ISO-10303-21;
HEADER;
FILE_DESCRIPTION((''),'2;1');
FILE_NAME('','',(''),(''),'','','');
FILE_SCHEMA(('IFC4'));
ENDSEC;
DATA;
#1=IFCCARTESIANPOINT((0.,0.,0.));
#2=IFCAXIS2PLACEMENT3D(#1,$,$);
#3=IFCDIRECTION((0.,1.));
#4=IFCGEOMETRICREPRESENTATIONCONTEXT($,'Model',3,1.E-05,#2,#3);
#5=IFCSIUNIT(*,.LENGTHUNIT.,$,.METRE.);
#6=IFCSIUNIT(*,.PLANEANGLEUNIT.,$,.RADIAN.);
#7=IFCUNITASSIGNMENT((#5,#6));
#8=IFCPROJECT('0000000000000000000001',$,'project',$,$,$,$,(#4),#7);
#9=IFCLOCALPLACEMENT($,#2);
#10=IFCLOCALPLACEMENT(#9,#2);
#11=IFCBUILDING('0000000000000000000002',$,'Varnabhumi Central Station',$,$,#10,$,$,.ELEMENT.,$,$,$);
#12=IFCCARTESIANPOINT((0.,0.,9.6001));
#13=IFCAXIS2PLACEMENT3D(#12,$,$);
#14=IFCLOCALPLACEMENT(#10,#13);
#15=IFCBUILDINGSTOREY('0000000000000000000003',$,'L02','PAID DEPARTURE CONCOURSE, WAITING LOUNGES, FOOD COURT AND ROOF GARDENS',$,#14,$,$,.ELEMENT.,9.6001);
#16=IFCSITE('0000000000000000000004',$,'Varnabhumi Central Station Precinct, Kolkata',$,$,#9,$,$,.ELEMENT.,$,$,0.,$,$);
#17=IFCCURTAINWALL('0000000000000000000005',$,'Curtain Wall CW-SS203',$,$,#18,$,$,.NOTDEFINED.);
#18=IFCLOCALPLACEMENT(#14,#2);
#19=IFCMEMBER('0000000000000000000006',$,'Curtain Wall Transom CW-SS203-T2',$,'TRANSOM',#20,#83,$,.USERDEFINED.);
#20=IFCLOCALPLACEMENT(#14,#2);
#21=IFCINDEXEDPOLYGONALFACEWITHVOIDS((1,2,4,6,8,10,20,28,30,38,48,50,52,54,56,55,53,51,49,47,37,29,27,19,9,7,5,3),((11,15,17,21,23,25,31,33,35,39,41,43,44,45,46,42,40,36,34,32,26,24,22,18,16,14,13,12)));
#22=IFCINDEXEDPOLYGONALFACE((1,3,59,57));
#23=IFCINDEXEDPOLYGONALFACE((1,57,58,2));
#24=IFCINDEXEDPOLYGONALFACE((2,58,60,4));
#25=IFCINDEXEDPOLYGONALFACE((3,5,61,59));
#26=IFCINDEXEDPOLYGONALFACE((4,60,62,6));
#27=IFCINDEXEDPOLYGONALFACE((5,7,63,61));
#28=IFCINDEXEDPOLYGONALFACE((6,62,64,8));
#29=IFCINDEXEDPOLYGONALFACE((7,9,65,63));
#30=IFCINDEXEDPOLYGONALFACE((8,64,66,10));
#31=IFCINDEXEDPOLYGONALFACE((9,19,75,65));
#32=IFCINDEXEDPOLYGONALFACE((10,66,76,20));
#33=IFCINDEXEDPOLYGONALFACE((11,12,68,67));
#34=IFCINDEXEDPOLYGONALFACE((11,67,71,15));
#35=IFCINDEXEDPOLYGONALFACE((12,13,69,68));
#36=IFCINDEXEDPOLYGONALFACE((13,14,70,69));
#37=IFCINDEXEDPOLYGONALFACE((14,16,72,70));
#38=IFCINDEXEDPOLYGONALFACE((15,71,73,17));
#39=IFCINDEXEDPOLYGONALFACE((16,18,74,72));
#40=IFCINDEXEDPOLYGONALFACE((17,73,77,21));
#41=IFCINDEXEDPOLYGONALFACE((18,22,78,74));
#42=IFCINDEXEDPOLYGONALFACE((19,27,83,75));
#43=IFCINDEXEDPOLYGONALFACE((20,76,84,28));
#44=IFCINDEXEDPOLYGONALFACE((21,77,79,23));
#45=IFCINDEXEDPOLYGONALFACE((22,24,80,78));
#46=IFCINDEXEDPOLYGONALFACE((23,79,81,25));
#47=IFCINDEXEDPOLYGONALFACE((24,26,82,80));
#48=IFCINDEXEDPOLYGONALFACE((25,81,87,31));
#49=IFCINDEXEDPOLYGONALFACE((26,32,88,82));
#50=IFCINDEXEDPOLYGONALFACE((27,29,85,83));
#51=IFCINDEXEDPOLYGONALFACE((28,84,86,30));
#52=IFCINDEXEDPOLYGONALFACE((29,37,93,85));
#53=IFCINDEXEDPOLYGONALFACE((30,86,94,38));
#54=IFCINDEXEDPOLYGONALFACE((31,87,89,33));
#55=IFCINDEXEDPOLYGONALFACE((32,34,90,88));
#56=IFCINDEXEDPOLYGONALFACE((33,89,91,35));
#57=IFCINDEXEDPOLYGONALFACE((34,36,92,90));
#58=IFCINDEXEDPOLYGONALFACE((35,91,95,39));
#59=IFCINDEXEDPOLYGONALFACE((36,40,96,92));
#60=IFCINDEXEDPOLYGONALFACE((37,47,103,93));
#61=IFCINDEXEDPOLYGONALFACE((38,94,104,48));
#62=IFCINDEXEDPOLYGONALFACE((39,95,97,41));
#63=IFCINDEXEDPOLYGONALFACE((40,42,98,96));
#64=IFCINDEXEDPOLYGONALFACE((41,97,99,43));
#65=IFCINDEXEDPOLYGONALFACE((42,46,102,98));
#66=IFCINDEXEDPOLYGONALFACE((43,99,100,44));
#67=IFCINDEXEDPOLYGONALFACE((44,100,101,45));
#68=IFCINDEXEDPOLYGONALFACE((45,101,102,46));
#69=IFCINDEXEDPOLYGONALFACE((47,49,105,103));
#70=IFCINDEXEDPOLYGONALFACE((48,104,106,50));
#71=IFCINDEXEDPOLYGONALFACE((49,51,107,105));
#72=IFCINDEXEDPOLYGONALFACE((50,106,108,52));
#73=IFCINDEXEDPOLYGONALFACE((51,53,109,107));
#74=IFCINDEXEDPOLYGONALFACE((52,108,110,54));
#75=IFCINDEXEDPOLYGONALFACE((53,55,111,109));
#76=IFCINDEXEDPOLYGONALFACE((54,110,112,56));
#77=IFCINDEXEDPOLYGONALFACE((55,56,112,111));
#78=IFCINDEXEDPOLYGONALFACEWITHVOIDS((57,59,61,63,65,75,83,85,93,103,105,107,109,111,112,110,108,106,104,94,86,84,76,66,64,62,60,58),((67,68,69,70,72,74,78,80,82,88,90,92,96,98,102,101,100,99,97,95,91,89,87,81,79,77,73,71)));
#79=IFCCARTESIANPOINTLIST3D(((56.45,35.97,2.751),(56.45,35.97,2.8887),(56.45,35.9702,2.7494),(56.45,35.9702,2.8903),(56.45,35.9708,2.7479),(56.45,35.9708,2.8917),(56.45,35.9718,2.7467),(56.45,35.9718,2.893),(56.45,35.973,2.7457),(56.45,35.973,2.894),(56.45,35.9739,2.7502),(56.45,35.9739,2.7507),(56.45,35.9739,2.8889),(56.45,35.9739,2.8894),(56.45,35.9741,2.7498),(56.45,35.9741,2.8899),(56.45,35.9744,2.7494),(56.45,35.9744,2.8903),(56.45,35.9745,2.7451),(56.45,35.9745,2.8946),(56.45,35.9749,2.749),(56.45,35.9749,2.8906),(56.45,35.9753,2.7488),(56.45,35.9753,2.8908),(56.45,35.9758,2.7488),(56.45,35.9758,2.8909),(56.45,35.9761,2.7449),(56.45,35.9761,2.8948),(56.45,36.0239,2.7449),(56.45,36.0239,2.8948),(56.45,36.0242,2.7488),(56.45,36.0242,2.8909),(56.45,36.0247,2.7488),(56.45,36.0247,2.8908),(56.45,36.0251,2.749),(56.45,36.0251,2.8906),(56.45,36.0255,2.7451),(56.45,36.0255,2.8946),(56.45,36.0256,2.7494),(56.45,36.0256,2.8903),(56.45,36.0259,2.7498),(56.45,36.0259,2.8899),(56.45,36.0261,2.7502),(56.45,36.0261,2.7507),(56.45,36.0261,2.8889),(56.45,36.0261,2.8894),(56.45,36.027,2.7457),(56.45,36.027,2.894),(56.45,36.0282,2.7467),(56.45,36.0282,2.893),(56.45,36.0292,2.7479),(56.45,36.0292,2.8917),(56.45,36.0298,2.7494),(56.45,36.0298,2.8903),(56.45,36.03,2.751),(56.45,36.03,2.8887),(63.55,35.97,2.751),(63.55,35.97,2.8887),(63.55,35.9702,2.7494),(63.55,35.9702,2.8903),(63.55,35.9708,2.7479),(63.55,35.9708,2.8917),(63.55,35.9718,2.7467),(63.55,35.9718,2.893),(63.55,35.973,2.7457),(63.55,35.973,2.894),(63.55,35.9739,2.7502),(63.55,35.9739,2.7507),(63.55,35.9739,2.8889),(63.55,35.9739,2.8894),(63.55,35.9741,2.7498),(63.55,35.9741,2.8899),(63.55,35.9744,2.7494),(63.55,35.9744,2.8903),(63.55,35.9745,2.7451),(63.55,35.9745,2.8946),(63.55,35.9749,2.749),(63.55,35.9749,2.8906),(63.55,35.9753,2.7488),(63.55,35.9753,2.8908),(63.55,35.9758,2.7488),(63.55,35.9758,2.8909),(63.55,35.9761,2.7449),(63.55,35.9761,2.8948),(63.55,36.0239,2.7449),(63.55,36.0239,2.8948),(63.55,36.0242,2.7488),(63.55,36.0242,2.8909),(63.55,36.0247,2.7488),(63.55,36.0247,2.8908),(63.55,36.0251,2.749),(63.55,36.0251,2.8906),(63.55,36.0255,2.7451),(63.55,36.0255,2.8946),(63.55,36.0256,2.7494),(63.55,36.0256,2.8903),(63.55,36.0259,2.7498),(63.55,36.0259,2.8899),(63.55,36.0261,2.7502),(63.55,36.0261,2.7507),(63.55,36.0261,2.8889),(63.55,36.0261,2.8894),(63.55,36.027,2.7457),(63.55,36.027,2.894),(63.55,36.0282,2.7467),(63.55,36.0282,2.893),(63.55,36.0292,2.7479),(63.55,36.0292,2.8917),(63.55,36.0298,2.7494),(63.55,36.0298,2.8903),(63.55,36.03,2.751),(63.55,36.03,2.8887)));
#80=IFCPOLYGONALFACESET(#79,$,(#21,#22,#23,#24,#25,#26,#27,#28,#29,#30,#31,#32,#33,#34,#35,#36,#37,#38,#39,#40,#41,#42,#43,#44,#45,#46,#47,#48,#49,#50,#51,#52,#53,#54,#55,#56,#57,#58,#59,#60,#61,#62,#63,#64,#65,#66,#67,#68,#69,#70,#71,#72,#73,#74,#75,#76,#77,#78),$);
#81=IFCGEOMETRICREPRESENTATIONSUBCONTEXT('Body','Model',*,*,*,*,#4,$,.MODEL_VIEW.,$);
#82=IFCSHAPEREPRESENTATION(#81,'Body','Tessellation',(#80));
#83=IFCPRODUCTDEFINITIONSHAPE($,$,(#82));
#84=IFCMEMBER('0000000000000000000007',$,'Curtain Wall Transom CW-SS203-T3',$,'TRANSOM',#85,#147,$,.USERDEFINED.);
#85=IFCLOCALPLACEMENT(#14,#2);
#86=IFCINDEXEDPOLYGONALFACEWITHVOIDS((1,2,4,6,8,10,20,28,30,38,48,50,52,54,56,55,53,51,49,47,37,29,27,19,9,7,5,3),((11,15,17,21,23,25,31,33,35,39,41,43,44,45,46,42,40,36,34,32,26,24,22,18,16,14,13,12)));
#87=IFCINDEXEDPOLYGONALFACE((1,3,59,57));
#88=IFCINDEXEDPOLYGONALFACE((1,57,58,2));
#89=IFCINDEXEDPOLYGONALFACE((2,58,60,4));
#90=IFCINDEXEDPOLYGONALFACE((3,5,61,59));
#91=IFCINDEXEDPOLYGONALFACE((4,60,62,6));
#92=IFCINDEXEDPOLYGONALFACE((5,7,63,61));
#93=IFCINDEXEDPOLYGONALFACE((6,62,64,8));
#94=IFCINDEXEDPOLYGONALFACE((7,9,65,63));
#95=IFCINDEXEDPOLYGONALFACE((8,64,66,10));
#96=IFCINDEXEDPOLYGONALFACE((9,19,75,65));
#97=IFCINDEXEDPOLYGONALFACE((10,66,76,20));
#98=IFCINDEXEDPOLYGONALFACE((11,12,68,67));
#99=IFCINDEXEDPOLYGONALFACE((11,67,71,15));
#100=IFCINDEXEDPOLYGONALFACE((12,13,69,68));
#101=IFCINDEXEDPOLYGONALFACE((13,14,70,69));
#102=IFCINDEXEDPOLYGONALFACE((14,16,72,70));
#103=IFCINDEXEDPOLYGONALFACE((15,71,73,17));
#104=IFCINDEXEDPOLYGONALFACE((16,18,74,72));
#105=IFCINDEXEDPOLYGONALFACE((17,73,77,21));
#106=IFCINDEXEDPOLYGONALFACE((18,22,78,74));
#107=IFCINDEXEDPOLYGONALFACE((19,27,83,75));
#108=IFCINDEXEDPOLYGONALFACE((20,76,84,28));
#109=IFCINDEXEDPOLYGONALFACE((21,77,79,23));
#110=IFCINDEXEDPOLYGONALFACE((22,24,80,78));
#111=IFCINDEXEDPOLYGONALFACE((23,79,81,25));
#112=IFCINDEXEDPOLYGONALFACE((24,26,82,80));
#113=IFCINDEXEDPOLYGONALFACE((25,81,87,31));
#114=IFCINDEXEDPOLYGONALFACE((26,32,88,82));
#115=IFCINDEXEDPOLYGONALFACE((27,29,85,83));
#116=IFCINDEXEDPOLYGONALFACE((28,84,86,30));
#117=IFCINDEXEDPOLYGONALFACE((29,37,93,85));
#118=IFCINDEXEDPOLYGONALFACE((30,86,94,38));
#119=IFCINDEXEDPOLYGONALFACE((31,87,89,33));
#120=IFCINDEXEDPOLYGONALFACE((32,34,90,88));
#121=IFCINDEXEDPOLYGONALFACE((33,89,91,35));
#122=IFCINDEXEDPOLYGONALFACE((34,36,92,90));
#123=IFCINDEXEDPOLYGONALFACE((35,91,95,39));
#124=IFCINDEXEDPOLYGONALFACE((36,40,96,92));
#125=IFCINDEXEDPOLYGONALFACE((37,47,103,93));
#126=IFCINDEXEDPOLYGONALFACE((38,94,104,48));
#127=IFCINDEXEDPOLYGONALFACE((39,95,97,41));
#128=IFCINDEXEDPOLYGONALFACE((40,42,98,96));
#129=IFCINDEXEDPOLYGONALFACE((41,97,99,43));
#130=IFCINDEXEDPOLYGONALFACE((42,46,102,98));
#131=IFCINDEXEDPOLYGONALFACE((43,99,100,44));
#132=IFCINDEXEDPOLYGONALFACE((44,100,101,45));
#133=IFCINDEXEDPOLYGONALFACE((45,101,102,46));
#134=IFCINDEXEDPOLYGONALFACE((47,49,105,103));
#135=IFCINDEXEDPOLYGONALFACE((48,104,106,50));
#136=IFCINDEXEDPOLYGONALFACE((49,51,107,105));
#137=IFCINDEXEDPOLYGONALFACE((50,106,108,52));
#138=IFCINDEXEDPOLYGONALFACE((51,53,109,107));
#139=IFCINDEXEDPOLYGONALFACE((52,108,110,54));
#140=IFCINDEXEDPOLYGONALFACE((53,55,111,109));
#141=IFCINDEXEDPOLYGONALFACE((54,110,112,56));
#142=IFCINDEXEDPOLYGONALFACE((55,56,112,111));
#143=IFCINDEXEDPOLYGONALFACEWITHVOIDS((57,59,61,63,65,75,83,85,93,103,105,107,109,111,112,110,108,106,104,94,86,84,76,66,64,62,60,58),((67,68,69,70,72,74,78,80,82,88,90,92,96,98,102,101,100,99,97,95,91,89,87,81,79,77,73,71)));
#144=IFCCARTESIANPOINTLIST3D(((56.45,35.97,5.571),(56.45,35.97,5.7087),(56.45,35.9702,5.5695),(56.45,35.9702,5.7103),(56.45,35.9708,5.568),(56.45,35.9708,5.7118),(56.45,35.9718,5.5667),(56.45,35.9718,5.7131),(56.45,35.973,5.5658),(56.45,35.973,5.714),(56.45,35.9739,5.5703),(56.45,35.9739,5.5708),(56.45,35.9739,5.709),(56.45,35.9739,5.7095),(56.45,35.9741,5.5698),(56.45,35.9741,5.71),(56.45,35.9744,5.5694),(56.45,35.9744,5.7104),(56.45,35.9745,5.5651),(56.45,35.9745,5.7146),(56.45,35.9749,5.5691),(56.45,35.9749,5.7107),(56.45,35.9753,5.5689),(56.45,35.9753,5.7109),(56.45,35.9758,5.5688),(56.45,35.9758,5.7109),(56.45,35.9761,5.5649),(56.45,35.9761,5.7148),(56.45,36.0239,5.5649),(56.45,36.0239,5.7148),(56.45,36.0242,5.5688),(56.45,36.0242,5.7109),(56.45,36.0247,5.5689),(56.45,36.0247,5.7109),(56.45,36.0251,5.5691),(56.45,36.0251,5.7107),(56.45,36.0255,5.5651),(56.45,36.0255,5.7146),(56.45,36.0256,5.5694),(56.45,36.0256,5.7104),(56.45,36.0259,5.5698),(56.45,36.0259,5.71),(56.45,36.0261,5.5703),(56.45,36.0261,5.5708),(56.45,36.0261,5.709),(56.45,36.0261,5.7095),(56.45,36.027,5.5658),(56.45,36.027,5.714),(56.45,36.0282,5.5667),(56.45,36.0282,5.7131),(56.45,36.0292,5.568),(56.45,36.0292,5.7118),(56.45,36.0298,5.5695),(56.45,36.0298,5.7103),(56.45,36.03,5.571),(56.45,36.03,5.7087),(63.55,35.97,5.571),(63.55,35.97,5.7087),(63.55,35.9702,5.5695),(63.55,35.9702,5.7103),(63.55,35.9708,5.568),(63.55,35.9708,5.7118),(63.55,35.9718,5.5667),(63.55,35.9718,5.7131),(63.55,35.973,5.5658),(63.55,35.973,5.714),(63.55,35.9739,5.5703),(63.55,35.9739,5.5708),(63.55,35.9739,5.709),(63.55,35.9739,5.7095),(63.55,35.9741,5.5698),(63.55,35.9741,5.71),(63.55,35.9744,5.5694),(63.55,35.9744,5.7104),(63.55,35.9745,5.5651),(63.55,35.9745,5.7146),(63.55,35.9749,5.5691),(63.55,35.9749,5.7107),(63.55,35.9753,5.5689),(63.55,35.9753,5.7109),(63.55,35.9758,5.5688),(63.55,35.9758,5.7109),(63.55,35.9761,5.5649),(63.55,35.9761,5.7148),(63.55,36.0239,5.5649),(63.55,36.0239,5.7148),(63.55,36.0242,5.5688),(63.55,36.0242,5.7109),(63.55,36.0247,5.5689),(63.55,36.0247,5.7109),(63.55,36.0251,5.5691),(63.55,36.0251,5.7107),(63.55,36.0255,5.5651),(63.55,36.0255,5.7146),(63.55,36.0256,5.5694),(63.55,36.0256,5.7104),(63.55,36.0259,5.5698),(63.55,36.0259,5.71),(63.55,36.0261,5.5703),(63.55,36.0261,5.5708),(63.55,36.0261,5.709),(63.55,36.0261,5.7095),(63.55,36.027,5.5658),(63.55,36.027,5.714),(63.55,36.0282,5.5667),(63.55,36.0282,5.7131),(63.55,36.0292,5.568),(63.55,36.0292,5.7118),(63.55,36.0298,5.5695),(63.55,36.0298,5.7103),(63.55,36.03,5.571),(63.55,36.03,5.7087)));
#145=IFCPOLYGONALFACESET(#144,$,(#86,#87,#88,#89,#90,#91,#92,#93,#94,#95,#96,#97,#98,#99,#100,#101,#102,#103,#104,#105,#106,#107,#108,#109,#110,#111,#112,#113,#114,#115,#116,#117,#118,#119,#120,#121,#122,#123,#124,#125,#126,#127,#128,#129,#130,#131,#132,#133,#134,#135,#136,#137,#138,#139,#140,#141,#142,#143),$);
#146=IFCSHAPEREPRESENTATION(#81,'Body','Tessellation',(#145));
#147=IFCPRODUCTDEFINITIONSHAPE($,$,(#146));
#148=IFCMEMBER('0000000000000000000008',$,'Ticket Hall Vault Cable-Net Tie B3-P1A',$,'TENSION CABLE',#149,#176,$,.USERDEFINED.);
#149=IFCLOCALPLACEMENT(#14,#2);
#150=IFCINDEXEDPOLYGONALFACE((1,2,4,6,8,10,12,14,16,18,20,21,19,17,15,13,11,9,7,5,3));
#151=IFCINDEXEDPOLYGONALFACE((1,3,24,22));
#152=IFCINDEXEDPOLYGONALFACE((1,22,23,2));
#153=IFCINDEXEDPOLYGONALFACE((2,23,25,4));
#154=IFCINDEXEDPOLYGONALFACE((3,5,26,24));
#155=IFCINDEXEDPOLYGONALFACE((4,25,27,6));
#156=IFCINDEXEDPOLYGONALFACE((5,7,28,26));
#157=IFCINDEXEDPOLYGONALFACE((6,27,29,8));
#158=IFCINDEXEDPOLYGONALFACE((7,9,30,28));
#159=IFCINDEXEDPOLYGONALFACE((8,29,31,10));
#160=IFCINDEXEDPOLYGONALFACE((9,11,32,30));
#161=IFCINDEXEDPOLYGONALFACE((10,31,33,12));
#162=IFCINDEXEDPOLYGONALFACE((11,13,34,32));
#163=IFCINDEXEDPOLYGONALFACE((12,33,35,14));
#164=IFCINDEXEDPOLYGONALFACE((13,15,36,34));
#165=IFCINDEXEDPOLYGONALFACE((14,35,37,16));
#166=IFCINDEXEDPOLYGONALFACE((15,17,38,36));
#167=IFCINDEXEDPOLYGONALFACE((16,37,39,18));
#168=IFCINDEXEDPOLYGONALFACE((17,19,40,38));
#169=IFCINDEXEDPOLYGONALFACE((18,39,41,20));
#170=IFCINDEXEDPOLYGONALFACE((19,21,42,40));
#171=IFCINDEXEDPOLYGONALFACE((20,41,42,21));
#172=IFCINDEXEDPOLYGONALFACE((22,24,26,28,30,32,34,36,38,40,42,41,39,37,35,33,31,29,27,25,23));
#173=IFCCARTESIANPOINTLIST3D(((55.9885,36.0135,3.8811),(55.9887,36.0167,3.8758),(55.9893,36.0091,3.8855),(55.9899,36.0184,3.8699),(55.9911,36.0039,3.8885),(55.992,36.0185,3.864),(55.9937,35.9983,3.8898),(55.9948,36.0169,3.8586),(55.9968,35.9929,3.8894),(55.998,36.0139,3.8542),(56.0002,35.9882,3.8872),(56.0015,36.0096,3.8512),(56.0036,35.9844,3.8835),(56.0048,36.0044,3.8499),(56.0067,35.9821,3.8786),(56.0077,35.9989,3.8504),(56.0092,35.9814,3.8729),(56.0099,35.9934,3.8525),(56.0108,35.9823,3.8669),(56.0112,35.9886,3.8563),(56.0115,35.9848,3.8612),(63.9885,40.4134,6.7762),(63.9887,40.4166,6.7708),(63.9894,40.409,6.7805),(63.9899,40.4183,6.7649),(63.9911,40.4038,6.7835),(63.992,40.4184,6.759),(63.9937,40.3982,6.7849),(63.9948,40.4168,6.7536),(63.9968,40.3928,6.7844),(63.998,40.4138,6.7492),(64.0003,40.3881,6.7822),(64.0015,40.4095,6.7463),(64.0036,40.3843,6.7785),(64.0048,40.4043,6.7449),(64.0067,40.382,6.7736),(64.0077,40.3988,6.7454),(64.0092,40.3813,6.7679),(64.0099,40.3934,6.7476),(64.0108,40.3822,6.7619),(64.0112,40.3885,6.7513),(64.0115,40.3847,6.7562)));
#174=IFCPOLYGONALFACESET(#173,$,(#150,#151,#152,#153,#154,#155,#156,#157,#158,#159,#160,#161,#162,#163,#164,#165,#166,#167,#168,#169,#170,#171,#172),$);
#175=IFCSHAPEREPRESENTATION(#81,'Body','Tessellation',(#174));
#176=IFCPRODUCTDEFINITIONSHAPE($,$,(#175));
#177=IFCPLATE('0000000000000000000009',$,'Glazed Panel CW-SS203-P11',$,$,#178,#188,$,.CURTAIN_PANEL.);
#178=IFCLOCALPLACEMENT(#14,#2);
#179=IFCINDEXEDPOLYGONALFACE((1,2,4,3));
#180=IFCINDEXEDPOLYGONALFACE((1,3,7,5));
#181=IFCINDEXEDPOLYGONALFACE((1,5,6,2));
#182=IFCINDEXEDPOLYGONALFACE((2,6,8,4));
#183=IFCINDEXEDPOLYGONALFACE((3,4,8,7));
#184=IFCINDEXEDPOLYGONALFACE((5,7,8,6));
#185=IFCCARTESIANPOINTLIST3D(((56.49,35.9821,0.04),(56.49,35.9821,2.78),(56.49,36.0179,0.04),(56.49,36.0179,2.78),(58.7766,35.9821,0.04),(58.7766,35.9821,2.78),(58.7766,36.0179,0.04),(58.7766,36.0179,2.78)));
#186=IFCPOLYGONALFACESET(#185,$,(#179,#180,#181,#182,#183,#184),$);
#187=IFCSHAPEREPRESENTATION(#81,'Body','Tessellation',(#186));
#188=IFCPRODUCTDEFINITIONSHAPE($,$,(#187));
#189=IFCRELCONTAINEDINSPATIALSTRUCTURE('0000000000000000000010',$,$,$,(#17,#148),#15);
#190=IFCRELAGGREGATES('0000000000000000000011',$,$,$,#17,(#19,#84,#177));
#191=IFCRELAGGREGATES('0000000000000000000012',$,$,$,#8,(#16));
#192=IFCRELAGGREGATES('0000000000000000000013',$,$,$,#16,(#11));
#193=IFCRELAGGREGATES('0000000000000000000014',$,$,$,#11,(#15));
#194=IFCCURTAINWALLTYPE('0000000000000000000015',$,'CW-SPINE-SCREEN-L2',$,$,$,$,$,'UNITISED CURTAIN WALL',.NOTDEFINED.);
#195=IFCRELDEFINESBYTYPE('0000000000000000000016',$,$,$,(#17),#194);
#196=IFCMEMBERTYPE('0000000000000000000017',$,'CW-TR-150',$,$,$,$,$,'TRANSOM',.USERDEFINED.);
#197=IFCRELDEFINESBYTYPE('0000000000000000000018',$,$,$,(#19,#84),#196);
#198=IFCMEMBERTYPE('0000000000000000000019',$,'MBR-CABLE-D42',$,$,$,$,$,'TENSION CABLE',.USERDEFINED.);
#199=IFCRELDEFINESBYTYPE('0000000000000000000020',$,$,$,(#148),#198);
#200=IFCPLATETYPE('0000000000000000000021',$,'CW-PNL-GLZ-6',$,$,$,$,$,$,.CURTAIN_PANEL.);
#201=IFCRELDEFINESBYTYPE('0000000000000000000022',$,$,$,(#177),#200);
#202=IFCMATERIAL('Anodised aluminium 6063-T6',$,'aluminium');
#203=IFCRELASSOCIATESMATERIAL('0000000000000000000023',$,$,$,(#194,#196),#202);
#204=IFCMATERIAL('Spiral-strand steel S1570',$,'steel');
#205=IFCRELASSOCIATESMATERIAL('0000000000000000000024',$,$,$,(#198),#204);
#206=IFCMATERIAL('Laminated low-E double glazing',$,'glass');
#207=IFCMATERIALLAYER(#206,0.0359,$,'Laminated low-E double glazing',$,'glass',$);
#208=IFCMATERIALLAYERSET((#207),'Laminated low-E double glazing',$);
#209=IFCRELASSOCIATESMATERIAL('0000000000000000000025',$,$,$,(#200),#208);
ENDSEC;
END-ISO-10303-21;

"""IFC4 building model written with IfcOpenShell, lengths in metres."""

from ifc_helpers import new_model, si_unit, direction, frame, origin, origin_2d, place, context, subcontext, project, spatial, rectangle, hollow_rectangle, circle, extrude, material, layer, layer_set, material_profile, profile_set, type_object, element, aggregate, save


model = new_model("IFC4")

# Units and contexts
model_context = context("Model", 3, precision=1e-05, world=origin(), true_north=direction((0.0, 1.0)))
body_context = subcontext(model_context, "Body", "Model", "MODEL_VIEW")
ifc_project = project(units=[si_unit("LENGTHUNIT", "METRE"), si_unit("PLANEANGLEUNIT", "RADIAN")], contexts=[model_context])

# Site, building, storey
site_placement = place(None, origin())
site = spatial("IfcSite", under=ifc_project, at=site_placement, Name="Varnabhumi Central Station Precinct, Kolkata", CompositionType="ELEMENT", RefElevation=0.0)
building_placement = place(site_placement, origin())
building = spatial("IfcBuilding", under=site, at=building_placement, Name="Varnabhumi Central Station", CompositionType="ELEMENT")
storey_placement = place(building_placement, frame((0.0, 0.0, 9.6001)))
storey = spatial("IfcBuildingStorey", under=building, at=storey_placement, Name="L02", Description="PAID DEPARTURE CONCOURSE, WAITING LOUNGES, FOOD COURT AND ROOF GARDENS", CompositionType="ELEMENT", Elevation=9.6001)

# Curtain wall, members
ifc_material_1 = material(Name="Anodised aluminium 6063-T6", Category="aluminium")
curtain_wall_type = type_object("IfcCurtainWallType", Name="CW-SPINE-SCREEN-L2", ElementType="UNITISED CURTAIN WALL", PredefinedType="NOTDEFINED", material=ifc_material_1)
curtain_wall_placement = place(storey_placement, origin())
curtain_wall = element("IfcCurtainWall", 1, at=curtain_wall_placement, inside=storey, type_object=curtain_wall_type, Name="Curtain Wall CW-SS203", PredefinedType="NOTDEFINED")
ifc_material_profile_1 = material_profile(ifc_material_1, hollow_rectangle(XDim=0.0601, YDim=0.1499, WallThickness=0.0039, InnerFilletRadius=0.002, OuterFilletRadius=0.0061, at=origin_2d()), Name="Anodised aluminium 6063-T6", Category="aluminium")
ifc_profile_set_1 = profile_set([ifc_material_profile_1], Name="Anodised aluminium 6063-T6")
member_type_1 = type_object("IfcMemberType", Name="CW-TR-150", ElementType="TRANSOM", PredefinedType="USERDEFINED", material=ifc_profile_set_1)
member_1_placement = place(storey_placement, frame((56.45, 36.0, 2.8198), z_axis=(1.0, 0.0, 0.0), x_axis=(0.0, 1.0, 0.0)))
member_1 = element("IfcMember", 2, at=member_1_placement, type_object=member_type_1, Name="Curtain Wall Transom CW-SS203-T2", ObjectType="TRANSOM", PredefinedType="USERDEFINED", context=body_context, shape_type="SweptSolid", body=[
    extrude(hollow_rectangle(XDim=0.0601, YDim=0.1499, WallThickness=0.0039, InnerFilletRadius=0.002, OuterFilletRadius=0.0061, at=origin_2d()), origin(), (0.0, 0.0, 1.0), 7.1001),
])
member_2_placement = place(storey_placement, frame((56.45, 36.0, 5.6399), z_axis=(1.0, 0.0, 0.0), x_axis=(0.0, 1.0, 0.0)))
member_2 = element("IfcMember", 3, at=member_2_placement, type_object=member_type_1, Name="Curtain Wall Transom CW-SS203-T3", ObjectType="TRANSOM", PredefinedType="USERDEFINED", context=body_context, shape_type="SweptSolid", body=[
    extrude(hollow_rectangle(XDim=0.0601, YDim=0.1499, WallThickness=0.0039, InnerFilletRadius=0.002, OuterFilletRadius=0.0061, at=origin_2d()), origin(), (0.0, 0.0, 1.0), 7.1001),
])

# Member
ifc_material_2 = material(Name="Spiral-strand steel S1570", Category="steel")
ifc_material_profile_2 = material_profile(ifc_material_2, circle(Radius=0.021, at=origin_2d()), Name="Spiral-strand steel S1570", Category="steel")
ifc_profile_set_2 = profile_set([ifc_material_profile_2], Name="Spiral-strand steel S1570")
member_type_2 = type_object("IfcMemberType", Name="MBR-CABLE-D42", ElementType="TENSION CABLE", PredefinedType="USERDEFINED", material=ifc_profile_set_2)
member_3_placement = place(storey_placement, frame((56.0, 36.0, 3.8699), z_axis=(0.835237, 0.45937, 0.302254), x_axis=(-0.481911, 0.87622, 0.0)))
element("IfcMember", 4, at=member_3_placement, inside=storey, type_object=member_type_2, Name="Ticket Hall Vault Cable-Net Tie B3-P1A", ObjectType="TENSION CABLE", PredefinedType="USERDEFINED", context=body_context, shape_type="SweptSolid", body=[
    extrude(circle(Radius=0.021, at=origin_2d()), origin(), (0.0, 0.0, 1.0), 9.5781),
])

# Plate
ifc_material_3 = material(Name="Laminated low-E double glazing", Category="glass")
ifc_layer_1 = layer(ifc_material_3, 0.0359, Name="Laminated low-E double glazing", Category="glass")
ifc_layer_set_1 = layer_set([ifc_layer_1], Name="Laminated low-E double glazing")
plate_type_1 = type_object("IfcPlateType", Name="CW-PNL-GLZ-6", PredefinedType="CURTAIN_PANEL", material=ifc_layer_set_1)
plate_1_placement = place(storey_placement, frame((57.6333, 36.0, 0.04), z_axis=(0.0, 0.0, 1.0), x_axis=(1.0, 0.0, 0.0)))
plate_1 = element("IfcPlate", 5, at=plate_1_placement, type_object=plate_type_1, Name="Glazed Panel CW-SS203-P11", PredefinedType="CURTAIN_PANEL", context=body_context, shape_type="SweptSolid", body=[
    extrude(rectangle(XDim=2.2866, YDim=0.0359, at=origin_2d()), origin(), (0.0, 0.0, 1.0), 2.74),
])
aggregate(curtain_wall, [member_1, member_2, plate_1])

save(model, "model.ifc")
